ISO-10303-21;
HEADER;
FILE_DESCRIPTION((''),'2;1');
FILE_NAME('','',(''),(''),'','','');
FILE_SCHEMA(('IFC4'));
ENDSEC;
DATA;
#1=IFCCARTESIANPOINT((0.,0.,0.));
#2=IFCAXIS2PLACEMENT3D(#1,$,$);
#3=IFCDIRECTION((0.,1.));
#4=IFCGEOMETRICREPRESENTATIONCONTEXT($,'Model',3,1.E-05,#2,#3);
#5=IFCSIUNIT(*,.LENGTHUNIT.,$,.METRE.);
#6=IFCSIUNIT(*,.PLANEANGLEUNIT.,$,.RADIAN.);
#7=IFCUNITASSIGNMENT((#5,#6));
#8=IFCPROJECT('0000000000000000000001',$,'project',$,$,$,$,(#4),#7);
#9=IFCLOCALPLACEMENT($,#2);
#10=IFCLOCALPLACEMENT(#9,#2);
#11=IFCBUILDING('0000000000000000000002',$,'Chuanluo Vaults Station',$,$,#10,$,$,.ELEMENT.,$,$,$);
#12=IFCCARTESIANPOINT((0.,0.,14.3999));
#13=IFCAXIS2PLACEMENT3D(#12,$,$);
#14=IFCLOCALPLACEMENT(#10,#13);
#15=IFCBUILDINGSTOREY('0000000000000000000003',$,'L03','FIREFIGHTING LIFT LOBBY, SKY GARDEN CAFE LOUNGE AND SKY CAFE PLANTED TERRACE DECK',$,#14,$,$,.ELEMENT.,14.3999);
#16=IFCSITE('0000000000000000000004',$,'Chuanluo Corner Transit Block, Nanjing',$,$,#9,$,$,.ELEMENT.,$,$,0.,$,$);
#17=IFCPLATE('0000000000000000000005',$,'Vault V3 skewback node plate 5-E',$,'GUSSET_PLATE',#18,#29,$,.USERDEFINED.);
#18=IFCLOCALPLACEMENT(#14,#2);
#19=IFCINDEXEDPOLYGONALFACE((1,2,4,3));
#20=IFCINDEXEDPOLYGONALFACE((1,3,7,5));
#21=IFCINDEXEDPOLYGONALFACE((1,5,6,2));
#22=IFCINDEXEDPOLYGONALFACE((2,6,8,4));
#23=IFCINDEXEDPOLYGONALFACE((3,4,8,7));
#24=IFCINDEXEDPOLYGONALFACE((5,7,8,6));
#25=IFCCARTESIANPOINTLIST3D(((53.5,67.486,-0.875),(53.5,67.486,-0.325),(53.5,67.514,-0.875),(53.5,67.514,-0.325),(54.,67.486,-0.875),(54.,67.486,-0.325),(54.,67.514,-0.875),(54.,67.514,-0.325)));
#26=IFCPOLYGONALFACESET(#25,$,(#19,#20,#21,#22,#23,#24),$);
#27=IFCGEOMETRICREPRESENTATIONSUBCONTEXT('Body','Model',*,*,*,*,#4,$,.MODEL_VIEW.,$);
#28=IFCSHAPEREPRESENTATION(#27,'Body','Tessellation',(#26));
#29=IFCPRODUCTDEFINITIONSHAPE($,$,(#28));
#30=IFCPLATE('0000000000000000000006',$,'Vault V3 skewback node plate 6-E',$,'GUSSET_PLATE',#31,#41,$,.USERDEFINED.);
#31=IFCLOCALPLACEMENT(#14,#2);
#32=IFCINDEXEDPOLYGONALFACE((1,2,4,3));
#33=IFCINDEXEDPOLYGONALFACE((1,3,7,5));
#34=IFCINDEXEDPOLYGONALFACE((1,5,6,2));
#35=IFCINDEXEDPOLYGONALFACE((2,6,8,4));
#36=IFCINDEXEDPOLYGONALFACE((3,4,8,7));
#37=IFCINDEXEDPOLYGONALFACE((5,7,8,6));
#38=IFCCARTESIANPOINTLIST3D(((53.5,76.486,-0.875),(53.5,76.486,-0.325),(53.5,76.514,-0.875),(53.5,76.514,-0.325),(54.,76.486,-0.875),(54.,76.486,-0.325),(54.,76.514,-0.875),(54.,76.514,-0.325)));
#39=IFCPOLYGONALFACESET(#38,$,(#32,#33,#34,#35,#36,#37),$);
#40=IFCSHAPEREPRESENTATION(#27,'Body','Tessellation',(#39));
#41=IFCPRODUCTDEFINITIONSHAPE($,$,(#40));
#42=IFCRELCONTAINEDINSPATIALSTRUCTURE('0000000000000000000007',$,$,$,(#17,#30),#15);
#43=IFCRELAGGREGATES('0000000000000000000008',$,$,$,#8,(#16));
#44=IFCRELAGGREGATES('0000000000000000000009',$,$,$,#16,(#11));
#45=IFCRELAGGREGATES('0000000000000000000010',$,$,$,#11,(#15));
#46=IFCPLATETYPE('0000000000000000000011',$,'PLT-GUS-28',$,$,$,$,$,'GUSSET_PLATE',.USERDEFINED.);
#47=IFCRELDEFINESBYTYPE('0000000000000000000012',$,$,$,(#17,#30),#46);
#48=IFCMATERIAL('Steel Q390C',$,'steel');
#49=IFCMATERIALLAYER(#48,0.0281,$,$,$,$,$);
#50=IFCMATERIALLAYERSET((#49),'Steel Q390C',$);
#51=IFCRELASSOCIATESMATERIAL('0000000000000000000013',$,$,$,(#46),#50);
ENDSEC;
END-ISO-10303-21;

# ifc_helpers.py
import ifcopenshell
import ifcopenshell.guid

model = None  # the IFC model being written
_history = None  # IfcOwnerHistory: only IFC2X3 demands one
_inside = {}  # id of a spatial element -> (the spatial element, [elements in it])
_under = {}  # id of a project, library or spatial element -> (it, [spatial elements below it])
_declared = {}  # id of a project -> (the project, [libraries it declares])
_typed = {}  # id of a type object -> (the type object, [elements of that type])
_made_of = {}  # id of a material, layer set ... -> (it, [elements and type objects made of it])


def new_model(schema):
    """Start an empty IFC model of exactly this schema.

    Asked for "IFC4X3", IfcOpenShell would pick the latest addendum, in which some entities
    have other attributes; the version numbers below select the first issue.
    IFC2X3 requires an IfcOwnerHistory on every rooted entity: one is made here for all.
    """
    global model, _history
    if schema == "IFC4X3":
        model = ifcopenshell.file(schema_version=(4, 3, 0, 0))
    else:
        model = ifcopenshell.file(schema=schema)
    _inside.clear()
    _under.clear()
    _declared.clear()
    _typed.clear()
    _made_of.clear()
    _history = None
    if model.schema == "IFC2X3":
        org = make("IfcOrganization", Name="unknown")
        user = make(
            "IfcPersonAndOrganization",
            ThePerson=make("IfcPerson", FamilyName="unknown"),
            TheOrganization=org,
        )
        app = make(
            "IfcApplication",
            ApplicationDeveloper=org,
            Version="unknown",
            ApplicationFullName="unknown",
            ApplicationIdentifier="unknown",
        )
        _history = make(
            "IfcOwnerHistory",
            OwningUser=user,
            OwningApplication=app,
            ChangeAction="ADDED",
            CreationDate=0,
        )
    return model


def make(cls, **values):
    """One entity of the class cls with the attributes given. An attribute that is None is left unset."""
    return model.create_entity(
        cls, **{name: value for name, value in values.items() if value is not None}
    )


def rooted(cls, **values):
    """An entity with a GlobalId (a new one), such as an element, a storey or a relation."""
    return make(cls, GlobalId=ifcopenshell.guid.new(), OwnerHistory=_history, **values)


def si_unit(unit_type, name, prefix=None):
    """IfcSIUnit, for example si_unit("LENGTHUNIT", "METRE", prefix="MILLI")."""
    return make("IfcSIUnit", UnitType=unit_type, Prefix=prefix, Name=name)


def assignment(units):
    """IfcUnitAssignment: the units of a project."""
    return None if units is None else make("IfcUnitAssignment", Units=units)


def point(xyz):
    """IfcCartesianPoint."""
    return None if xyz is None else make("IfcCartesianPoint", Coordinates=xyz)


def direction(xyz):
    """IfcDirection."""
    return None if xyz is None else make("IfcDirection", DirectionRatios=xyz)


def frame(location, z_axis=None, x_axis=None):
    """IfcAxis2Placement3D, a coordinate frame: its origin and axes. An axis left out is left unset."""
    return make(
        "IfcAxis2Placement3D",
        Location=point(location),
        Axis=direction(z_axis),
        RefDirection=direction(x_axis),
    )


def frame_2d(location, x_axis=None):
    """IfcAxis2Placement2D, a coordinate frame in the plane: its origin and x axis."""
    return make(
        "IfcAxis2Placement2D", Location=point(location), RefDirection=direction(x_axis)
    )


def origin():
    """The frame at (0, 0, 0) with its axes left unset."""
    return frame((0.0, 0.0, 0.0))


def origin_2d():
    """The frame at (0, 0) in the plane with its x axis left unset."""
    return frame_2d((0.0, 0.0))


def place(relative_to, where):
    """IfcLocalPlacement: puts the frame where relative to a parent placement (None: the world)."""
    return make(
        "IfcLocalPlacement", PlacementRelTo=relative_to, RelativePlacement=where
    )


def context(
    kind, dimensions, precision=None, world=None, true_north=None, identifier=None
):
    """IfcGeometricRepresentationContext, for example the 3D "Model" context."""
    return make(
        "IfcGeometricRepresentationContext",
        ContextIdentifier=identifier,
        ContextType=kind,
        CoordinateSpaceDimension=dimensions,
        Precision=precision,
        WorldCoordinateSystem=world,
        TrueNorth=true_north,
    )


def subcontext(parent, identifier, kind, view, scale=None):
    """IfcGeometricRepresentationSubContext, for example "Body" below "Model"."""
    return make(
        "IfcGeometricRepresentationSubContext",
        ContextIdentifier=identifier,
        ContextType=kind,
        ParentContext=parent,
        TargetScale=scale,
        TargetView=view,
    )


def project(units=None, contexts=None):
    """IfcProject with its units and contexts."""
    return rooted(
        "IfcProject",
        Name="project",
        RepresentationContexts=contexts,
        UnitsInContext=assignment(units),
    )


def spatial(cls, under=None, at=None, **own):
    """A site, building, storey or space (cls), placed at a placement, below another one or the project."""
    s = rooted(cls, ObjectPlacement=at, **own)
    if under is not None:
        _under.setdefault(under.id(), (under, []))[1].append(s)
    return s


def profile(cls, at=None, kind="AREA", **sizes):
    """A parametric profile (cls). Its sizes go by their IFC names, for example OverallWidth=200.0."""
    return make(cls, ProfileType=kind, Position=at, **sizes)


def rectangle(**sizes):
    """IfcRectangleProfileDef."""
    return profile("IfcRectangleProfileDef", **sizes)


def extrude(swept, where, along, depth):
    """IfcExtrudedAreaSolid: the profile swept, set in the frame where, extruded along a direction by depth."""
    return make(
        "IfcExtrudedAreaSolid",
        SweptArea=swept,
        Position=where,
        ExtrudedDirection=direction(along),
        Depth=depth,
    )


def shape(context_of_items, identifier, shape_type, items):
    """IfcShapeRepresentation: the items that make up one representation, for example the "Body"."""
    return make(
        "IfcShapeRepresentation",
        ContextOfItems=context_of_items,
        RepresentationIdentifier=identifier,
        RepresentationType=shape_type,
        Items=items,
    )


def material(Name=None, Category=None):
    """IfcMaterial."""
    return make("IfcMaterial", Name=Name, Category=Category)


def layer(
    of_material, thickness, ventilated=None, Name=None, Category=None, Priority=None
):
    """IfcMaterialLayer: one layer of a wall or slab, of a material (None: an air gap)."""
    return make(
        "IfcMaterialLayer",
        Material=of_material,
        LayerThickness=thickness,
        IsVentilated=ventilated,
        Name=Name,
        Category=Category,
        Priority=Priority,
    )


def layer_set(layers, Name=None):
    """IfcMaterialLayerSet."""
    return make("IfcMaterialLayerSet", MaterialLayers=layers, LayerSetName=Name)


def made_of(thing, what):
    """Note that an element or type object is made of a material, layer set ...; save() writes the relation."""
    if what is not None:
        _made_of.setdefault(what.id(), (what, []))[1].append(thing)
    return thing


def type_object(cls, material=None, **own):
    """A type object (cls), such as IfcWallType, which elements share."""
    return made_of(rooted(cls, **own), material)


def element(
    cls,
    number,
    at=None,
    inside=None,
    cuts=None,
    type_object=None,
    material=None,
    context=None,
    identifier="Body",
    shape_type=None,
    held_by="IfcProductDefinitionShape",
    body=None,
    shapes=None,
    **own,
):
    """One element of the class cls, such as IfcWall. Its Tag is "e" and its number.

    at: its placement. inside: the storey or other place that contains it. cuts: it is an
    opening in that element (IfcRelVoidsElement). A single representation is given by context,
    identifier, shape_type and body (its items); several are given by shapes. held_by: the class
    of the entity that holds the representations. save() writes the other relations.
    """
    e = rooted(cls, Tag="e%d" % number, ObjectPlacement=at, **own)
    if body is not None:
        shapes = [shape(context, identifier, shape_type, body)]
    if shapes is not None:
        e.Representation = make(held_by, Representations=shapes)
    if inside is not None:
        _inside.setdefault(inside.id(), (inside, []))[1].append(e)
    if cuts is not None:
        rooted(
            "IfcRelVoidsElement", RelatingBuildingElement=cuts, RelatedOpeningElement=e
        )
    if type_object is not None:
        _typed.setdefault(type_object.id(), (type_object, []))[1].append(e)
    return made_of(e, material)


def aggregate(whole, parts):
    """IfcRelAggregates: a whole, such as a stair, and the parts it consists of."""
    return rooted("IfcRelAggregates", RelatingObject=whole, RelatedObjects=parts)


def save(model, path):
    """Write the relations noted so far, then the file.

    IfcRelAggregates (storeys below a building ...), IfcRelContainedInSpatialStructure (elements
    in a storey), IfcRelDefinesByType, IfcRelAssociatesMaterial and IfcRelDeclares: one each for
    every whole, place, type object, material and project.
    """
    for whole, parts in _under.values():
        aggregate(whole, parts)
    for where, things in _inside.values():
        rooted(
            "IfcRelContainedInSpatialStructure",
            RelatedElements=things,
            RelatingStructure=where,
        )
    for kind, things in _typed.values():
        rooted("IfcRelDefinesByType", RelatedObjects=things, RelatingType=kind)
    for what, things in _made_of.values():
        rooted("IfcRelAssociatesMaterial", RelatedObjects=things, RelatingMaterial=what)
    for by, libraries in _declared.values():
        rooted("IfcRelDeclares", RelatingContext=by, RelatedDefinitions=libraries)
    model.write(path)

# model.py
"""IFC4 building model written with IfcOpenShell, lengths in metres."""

from ifc_helpers import new_model, si_unit, direction, frame, origin, origin_2d, place, context, subcontext, project, spatial, rectangle, extrude, material, layer, layer_set, type_object, element, save


model = new_model("IFC4")

# Units and contexts
model_context = context("Model", 3, precision=1e-05, world=origin(), true_north=direction((0.0, 1.0)))
body_context = subcontext(model_context, "Body", "Model", "MODEL_VIEW")
ifc_project = project(units=[si_unit("LENGTHUNIT", "METRE"), si_unit("PLANEANGLEUNIT", "RADIAN")], contexts=[model_context])

# Site, building, storey
site_placement = place(None, origin())
site = spatial("IfcSite", under=ifc_project, at=site_placement, Name="Chuanluo Corner Transit Block, Nanjing", CompositionType="ELEMENT", RefElevation=0.0)
building_placement = place(site_placement, origin())
building = spatial("IfcBuilding", under=site, at=building_placement, Name="Chuanluo Vaults Station", CompositionType="ELEMENT")
storey_placement = place(building_placement, frame((0.0, 0.0, 14.3999)))
storey = spatial("IfcBuildingStorey", under=building, at=storey_placement, Name="L03", Description="FIREFIGHTING LIFT LOBBY, SKY GARDEN CAFE LOUNGE AND SKY CAFE PLANTED TERRACE DECK", CompositionType="ELEMENT", Elevation=14.3999)

# Plates
ifc_material_1 = material(Name="Steel Q390C", Category="steel")
ifc_layer = layer(ifc_material_1, 0.0281)
ifc_layer_set = layer_set([ifc_layer], Name="Steel Q390C")
plate_type = type_object("IfcPlateType", Name="PLT-GUS-28", ElementType="GUSSET_PLATE", PredefinedType="USERDEFINED", material=ifc_layer_set)
for number, where, z_axis, x_axis, name in (
    (1, (53.75, 67.5, -0.875), (0.0, 0.0, 1.0), (1.0, 0.0, 0.0), "Vault V3 skewback node plate 5-E"),
    (2, (53.75, 76.5, -0.875), (0.0, 0.0, 1.0), (1.0, 0.0, 0.0), "Vault V3 skewback node plate 6-E"),
):
    element("IfcPlate", number, at=place(storey_placement, frame(where, z_axis=z_axis, x_axis=x_axis)), inside=storey, type_object=plate_type, Name=name, ObjectType="GUSSET_PLATE", PredefinedType="USERDEFINED", context=body_context, shape_type="SweptSolid", body=[
        extrude(rectangle(XDim=0.5, YDim=0.0281, at=origin_2d()), origin(), (0.0, 0.0, 1.0), 0.55),
    ])

save(model, "model.ifc")
